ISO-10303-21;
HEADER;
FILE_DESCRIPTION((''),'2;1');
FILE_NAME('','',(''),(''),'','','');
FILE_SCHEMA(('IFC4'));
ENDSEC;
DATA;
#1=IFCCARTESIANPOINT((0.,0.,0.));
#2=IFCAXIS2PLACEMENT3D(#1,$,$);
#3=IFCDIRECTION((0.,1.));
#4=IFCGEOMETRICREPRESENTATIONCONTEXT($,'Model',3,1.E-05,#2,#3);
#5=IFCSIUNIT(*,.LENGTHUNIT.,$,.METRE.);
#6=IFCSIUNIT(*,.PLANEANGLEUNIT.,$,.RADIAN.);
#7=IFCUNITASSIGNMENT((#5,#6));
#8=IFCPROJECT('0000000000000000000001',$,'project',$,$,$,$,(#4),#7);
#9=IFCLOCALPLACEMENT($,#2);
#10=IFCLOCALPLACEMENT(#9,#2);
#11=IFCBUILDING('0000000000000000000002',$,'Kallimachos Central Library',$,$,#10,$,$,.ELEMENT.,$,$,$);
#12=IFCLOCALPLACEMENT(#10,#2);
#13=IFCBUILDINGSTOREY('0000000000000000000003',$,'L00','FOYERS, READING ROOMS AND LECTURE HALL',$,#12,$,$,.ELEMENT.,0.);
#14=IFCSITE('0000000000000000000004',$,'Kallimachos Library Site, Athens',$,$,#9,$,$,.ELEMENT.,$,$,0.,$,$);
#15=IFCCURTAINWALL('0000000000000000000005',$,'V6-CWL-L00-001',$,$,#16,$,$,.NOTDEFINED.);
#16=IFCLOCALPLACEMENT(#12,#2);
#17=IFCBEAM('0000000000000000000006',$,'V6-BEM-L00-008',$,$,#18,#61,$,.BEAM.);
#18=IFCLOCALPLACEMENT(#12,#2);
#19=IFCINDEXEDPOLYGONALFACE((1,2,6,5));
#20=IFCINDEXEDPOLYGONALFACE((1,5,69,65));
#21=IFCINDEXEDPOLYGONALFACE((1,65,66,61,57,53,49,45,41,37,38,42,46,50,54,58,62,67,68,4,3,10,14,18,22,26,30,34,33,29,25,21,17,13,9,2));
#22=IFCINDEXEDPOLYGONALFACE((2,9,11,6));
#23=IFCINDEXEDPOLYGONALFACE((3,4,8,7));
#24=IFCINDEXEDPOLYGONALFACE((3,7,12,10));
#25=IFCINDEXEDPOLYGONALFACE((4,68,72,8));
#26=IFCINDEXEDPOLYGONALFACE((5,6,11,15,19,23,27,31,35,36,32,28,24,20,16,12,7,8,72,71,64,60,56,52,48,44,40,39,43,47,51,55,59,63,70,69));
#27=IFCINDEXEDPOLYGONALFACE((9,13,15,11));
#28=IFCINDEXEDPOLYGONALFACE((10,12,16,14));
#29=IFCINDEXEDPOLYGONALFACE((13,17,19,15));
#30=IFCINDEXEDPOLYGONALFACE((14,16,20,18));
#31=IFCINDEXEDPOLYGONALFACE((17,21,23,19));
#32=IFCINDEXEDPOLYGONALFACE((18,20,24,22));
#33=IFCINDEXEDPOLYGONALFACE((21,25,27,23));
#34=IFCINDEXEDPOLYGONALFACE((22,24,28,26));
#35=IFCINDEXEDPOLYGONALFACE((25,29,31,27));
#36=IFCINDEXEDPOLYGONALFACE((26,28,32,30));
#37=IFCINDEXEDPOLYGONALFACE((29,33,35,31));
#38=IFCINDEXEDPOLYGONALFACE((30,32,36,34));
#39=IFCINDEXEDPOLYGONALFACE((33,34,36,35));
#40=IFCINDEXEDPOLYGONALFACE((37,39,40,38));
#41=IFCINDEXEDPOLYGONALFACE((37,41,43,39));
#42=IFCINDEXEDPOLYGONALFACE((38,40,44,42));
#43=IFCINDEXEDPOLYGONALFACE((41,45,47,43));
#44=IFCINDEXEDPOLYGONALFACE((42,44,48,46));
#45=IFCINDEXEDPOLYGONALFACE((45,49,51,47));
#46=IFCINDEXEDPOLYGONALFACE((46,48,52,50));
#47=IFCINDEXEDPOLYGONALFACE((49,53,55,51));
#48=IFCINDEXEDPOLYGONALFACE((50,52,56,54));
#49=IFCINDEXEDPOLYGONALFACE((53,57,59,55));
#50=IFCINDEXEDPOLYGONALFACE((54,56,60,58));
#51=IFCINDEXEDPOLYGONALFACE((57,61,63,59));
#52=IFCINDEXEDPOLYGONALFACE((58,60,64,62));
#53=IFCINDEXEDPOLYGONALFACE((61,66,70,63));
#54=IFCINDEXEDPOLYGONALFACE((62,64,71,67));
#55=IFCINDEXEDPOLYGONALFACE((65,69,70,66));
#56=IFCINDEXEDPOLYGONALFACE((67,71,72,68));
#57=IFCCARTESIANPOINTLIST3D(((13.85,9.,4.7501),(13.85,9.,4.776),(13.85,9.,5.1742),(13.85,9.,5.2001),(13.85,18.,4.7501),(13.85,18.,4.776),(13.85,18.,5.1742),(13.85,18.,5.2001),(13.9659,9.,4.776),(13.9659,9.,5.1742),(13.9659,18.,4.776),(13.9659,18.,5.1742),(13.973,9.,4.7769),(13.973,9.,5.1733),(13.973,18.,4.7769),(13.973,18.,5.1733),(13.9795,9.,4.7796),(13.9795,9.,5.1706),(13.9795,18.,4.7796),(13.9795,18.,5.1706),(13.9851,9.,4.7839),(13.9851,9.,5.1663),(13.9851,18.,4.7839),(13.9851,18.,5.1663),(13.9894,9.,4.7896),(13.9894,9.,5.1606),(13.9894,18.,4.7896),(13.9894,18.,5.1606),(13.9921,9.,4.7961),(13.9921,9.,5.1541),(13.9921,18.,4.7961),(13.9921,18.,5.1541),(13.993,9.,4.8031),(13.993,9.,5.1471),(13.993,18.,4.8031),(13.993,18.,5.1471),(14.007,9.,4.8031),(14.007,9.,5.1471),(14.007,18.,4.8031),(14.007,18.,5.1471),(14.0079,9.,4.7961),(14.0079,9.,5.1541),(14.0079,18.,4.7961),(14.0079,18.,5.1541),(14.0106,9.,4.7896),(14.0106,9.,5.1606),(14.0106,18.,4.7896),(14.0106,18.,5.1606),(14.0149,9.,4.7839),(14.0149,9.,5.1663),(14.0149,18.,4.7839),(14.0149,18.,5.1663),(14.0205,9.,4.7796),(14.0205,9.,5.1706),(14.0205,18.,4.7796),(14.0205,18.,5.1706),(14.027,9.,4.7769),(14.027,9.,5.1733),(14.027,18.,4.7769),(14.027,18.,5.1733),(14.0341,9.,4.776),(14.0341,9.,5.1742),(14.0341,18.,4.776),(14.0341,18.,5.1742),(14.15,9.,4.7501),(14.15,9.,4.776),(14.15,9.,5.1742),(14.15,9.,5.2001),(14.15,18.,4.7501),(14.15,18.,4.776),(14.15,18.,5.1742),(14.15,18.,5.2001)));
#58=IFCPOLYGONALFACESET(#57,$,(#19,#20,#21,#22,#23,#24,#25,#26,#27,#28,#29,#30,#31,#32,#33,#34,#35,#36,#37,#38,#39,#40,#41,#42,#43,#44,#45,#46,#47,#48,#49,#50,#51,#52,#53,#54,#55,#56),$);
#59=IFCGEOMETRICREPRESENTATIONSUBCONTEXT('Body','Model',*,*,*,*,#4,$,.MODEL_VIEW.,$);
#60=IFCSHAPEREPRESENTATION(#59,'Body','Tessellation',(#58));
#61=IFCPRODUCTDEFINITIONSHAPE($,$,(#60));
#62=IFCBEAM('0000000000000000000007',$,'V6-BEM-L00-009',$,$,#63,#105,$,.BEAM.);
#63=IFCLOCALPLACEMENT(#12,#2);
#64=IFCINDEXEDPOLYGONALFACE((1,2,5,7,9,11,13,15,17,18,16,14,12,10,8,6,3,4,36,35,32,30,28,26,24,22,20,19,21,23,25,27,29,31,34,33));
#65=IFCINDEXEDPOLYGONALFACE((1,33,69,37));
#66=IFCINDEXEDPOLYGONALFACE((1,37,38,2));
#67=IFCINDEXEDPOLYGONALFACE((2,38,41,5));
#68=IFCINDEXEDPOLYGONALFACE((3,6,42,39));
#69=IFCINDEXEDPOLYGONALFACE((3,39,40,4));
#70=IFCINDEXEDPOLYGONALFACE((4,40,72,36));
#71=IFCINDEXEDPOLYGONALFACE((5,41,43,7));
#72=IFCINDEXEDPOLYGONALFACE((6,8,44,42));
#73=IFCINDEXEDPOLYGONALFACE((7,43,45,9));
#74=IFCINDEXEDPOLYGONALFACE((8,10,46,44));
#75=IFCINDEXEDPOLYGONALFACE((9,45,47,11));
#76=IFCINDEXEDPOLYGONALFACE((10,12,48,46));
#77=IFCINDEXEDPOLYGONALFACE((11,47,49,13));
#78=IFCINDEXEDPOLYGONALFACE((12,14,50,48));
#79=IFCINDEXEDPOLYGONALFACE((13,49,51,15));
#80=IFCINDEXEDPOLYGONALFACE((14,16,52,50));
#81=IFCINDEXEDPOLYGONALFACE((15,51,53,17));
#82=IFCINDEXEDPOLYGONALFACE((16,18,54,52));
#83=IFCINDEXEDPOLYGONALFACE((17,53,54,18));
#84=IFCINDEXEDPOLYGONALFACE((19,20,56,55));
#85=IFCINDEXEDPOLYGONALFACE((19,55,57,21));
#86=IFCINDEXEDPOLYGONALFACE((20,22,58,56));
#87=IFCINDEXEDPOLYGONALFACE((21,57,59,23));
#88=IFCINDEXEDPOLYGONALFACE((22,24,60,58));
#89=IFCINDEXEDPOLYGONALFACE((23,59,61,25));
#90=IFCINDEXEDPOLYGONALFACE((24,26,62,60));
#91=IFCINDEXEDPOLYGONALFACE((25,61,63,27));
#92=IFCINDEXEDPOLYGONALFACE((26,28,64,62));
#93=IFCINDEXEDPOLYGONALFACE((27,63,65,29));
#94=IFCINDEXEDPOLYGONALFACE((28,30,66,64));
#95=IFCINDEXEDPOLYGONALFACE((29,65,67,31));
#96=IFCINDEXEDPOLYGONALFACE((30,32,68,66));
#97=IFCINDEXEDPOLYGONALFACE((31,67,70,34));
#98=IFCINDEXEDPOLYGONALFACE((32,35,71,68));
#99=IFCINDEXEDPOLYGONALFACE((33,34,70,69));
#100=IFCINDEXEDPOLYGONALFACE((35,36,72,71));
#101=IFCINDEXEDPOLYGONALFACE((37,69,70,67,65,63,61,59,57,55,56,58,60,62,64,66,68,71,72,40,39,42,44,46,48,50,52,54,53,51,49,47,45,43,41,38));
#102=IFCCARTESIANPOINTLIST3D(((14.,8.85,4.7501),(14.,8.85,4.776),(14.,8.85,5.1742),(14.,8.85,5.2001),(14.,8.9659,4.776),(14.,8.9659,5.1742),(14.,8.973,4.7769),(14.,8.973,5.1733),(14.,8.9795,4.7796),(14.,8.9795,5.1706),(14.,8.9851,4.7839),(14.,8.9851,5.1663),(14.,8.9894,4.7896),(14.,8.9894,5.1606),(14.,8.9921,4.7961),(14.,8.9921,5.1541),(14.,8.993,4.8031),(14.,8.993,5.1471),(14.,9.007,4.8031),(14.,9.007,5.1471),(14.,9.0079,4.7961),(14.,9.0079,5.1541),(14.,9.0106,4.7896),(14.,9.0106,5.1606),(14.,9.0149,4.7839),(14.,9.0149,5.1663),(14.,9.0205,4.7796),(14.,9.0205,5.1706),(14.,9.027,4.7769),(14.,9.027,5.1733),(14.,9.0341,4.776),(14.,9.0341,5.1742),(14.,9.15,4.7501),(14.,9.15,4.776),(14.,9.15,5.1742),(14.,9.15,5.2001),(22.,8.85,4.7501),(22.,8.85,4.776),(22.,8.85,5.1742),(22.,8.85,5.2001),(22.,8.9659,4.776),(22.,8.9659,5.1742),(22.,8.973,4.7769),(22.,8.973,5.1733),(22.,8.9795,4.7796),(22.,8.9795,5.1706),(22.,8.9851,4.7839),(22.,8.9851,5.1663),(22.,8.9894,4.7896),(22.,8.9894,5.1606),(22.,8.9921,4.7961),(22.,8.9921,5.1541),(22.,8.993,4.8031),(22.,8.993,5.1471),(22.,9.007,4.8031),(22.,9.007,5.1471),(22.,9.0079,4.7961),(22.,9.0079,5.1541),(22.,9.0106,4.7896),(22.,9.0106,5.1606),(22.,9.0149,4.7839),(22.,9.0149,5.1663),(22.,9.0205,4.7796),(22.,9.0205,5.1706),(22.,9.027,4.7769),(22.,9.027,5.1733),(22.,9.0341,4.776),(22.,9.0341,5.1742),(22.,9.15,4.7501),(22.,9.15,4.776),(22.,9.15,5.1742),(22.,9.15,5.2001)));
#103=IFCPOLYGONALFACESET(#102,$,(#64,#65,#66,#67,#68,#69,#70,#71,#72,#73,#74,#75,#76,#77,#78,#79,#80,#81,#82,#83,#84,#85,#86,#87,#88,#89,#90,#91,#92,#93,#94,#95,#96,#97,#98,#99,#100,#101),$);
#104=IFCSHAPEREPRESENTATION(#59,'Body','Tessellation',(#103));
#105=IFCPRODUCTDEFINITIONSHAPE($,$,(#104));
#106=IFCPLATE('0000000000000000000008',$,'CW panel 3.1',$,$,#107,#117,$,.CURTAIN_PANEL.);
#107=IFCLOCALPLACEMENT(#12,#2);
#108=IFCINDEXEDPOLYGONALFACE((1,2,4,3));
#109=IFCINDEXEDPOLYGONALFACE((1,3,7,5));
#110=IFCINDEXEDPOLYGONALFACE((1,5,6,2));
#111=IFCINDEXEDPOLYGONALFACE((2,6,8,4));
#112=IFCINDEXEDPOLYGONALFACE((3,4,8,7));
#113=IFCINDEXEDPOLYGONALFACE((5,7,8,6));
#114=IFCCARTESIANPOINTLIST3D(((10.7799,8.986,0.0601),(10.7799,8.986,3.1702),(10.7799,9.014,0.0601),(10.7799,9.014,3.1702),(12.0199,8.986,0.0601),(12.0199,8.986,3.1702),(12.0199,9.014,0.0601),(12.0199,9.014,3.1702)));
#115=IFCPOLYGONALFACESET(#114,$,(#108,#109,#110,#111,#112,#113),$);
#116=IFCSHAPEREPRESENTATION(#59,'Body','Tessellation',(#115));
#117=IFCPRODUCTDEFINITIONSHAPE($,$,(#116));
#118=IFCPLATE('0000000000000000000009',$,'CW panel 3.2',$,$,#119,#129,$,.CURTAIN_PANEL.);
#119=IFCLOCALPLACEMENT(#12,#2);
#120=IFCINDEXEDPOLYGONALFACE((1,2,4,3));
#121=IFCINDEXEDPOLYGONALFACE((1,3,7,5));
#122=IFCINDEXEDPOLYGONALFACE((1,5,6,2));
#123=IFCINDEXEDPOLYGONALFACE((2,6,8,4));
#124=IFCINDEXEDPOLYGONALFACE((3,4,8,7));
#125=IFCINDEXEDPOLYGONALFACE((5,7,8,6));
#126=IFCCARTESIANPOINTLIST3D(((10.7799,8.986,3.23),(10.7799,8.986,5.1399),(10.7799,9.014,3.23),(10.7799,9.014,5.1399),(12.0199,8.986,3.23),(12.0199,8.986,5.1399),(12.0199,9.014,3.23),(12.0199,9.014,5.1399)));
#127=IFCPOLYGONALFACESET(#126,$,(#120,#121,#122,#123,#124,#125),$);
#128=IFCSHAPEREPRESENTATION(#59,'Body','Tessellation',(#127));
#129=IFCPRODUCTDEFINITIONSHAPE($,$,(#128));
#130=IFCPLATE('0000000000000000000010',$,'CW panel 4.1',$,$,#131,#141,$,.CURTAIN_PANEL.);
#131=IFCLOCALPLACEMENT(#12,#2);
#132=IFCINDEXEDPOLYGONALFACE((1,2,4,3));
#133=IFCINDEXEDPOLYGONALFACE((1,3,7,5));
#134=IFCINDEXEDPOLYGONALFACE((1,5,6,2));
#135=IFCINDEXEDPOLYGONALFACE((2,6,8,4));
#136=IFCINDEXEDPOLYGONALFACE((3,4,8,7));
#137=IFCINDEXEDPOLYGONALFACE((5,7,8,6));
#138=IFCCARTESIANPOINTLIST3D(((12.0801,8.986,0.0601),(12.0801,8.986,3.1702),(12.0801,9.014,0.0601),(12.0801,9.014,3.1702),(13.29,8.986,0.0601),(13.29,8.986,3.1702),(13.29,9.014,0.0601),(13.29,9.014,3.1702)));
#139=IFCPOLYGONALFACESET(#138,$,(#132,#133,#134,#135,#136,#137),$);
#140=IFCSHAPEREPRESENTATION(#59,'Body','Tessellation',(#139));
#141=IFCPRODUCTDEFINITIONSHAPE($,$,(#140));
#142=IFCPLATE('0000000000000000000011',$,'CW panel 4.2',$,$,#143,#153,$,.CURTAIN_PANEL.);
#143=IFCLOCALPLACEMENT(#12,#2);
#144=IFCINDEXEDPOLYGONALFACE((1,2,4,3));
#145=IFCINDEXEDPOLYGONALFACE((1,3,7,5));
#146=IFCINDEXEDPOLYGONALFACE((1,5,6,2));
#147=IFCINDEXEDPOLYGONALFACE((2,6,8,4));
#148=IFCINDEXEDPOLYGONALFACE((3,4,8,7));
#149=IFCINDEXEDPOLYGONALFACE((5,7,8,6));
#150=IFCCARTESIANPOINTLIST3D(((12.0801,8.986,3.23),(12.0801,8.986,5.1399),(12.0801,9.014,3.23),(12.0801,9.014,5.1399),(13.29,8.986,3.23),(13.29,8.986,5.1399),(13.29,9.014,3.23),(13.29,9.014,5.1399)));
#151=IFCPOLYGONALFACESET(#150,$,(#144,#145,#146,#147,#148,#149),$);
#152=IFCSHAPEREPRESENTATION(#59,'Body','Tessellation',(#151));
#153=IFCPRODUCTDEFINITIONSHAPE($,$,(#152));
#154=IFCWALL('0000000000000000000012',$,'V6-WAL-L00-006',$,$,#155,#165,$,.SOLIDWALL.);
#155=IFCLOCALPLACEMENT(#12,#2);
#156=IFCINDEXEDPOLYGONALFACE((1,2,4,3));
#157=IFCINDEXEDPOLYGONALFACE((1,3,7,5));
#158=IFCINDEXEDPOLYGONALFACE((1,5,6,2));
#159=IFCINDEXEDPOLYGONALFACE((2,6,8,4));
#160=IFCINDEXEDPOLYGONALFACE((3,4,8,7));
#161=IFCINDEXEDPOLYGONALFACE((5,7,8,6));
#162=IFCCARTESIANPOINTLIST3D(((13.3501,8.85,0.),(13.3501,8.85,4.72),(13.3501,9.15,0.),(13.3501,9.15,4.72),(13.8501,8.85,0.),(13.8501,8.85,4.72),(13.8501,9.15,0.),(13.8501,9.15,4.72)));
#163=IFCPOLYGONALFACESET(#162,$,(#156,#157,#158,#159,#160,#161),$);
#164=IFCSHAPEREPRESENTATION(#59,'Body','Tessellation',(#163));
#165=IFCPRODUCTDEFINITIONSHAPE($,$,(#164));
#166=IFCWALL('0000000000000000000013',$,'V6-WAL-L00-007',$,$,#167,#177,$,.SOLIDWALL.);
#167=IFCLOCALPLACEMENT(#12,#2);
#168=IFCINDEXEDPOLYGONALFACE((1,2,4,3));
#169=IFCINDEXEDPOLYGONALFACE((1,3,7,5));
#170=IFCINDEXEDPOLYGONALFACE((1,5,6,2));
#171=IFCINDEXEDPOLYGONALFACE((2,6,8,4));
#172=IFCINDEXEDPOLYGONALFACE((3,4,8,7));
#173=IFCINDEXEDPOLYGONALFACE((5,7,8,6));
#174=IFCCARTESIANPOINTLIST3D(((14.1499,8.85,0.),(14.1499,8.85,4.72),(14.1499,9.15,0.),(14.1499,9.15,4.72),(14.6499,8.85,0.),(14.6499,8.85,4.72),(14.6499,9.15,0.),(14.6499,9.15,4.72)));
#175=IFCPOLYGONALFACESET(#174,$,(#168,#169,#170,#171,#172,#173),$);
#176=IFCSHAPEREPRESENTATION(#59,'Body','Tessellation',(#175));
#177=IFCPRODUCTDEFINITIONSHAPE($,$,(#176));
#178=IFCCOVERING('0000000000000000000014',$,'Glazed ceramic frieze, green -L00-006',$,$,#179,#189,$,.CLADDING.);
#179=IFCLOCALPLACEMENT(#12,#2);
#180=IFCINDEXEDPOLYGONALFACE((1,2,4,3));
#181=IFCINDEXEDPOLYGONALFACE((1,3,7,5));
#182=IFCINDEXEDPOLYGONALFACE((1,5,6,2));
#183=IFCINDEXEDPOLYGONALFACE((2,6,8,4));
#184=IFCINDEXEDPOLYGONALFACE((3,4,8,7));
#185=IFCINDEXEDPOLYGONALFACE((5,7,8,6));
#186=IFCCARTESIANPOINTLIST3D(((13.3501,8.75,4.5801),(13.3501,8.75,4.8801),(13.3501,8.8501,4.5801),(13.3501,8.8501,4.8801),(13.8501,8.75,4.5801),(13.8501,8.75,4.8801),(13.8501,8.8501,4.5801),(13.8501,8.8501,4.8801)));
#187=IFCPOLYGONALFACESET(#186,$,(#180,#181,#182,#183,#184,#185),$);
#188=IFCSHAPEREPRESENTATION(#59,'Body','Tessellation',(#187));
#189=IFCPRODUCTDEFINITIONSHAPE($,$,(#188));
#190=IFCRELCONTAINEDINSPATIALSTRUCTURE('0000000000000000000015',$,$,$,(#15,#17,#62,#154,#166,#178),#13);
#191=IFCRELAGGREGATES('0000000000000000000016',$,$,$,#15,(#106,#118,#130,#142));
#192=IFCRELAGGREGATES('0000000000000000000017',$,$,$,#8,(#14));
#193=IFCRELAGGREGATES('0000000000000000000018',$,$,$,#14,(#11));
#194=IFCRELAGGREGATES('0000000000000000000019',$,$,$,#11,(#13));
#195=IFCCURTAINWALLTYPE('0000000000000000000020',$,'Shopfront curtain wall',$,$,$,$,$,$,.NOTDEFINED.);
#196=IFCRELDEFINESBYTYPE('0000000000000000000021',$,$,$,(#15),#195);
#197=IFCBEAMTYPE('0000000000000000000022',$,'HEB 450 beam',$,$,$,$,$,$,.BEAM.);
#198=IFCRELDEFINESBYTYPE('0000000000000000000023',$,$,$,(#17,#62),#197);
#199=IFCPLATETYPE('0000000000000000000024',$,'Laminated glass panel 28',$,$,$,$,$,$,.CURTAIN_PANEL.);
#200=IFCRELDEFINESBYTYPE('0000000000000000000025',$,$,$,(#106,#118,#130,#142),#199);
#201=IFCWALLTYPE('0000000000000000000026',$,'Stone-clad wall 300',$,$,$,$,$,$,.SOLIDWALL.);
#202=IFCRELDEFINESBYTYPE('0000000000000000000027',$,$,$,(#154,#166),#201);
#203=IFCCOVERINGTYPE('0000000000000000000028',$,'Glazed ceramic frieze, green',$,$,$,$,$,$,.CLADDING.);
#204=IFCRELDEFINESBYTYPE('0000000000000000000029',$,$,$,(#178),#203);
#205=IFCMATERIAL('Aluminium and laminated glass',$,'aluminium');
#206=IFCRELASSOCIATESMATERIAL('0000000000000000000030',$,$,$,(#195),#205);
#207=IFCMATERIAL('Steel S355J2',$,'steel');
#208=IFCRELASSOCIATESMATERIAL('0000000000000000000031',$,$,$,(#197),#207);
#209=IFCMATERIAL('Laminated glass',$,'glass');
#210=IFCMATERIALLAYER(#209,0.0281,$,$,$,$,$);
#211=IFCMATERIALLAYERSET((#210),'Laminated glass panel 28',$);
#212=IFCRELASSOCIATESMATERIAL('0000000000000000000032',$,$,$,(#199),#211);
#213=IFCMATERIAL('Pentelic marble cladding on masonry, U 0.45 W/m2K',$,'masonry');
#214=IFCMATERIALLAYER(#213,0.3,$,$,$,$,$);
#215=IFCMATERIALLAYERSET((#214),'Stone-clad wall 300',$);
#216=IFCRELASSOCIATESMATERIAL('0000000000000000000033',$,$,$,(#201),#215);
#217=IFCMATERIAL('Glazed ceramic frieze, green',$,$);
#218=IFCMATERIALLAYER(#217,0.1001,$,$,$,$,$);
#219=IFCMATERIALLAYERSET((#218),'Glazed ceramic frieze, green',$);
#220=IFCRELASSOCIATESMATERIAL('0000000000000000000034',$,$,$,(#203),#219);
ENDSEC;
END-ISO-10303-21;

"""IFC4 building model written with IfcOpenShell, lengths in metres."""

from ifc_helpers import new_model, si_unit, direction, frame, frame_2d, origin, origin_2d, place, context, subcontext, project, spatial, rectangle, i_section, extrude, material, layer, layer_set, material_profile, profile_set, type_object, element, aggregate, save


model = new_model("IFC4")

# Units and contexts
model_context = context("Model", 3, precision=1e-05, world=origin(), true_north=direction((0.0, 1.0)))
body_context = subcontext(model_context, "Body", "Model", "MODEL_VIEW")
ifc_project = project(units=[si_unit("LENGTHUNIT", "METRE"), si_unit("PLANEANGLEUNIT", "RADIAN")], contexts=[model_context])

# Site, building, storey
site_placement = place(None, origin())
site = spatial("IfcSite", under=ifc_project, at=site_placement, Name="Kallimachos Library Site, Athens", CompositionType="ELEMENT", RefElevation=0.0)
building_placement = place(site_placement, origin())
building = spatial("IfcBuilding", under=site, at=building_placement, Name="Kallimachos Central Library", CompositionType="ELEMENT")
storey_placement = place(building_placement, origin())
storey = spatial("IfcBuildingStorey", under=building, at=storey_placement, Name="L00", Description="FOYERS, READING ROOMS AND LECTURE HALL", CompositionType="ELEMENT", Elevation=0.0)

# Curtain wall
ifc_material_1 = material(Name="Aluminium and laminated glass", Category="aluminium")
curtain_wall_type = type_object("IfcCurtainWallType", Name="Shopfront curtain wall", PredefinedType="NOTDEFINED", material=ifc_material_1)
curtain_wall_placement = place(storey_placement, origin())
curtain_wall = element("IfcCurtainWall", 1, at=curtain_wall_placement, inside=storey, type_object=curtain_wall_type, Name="V6-CWL-L00-001", PredefinedType="NOTDEFINED")

# Beams
ifc_material_2 = material(Name="Steel S355J2", Category="steel")
ifc_material_profile_1 = material_profile(ifc_material_2, i_section(OverallWidth=0.3, OverallDepth=0.45, WebThickness=0.0139, FlangeThickness=0.0259, FilletRadius=0.0271, at=origin_2d()), Name="HEB 450")
ifc_profile_set_1 = profile_set([ifc_material_profile_1], Name="Steel S355J2")
beam_type = type_object("IfcBeamType", Name="HEB 450 beam", PredefinedType="BEAM", material=ifc_profile_set_1)
beam_1_placement = place(storey_placement, frame((14.0, 9.0, 4.9751), z_axis=(0.0, 1.0, 0.0), x_axis=(-1.0, 0.0, 0.0)))
element("IfcBeam", 2, at=beam_1_placement, inside=storey, type_object=beam_type, Name="V6-BEM-L00-008", PredefinedType="BEAM", context=body_context, shape_type="SweptSolid", body=[
    extrude(i_section(OverallWidth=0.3, OverallDepth=0.45, WebThickness=0.0139, FlangeThickness=0.0259, FilletRadius=0.0271, at=origin_2d()), origin(), (0.0, 0.0, 1.0), 9.0),
])
beam_2_placement = place(storey_placement, frame((14.0, 9.0, 4.9751), z_axis=(1.0, 0.0, 0.0), x_axis=(0.0, 1.0, 0.0)))
element("IfcBeam", 3, at=beam_2_placement, inside=storey, type_object=beam_type, Name="V6-BEM-L00-009", PredefinedType="BEAM", context=body_context, shape_type="SweptSolid", body=[
    extrude(i_section(OverallWidth=0.3, OverallDepth=0.45, WebThickness=0.0139, FlangeThickness=0.0259, FilletRadius=0.0271, at=origin_2d()), origin(), (0.0, 0.0, 1.0), 8.0),
])

# Plates
ifc_material_3 = material(Name="Laminated glass", Category="glass")
ifc_layer_1 = layer(ifc_material_3, 0.0281)
ifc_layer_set_1 = layer_set([ifc_layer_1], Name="Laminated glass panel 28")
plate_type = type_object("IfcPlateType", Name="Laminated glass panel 28", PredefinedType="CURTAIN_PANEL", material=ifc_layer_set_1)
plate_1_placement = place(storey_placement, frame((11.3999, 9.0, 0.0601), z_axis=(0.0, 0.0, 1.0), x_axis=(1.0, 0.0, 0.0)))
plate_1 = element("IfcPlate", 4, at=plate_1_placement, type_object=plate_type, Name="CW panel 3.1", PredefinedType="CURTAIN_PANEL", context=body_context, shape_type="SweptSolid", body=[
    extrude(rectangle(XDim=1.24, YDim=0.0281, at=origin_2d()), origin(), (0.0, 0.0, 1.0), 3.1101),
])
plate_2_placement = place(storey_placement, frame((11.3999, 9.0, 3.23), z_axis=(0.0, 0.0, 1.0), x_axis=(1.0, 0.0, 0.0)))
plate_2 = element("IfcPlate", 5, at=plate_2_placement, type_object=plate_type, Name="CW panel 3.2", PredefinedType="CURTAIN_PANEL", context=body_context, shape_type="SweptSolid", body=[
    extrude(rectangle(XDim=1.24, YDim=0.0281, at=origin_2d()), origin(), (0.0, 0.0, 1.0), 1.9099),
])
plate_3_placement = place(storey_placement, frame((12.6851, 9.0, 0.0601), z_axis=(0.0, 0.0, 1.0), x_axis=(1.0, 0.0, 0.0)))
plate_3 = element("IfcPlate", 6, at=plate_3_placement, type_object=plate_type, Name="CW panel 4.1", PredefinedType="CURTAIN_PANEL", context=body_context, shape_type="SweptSolid", body=[
    extrude(rectangle(XDim=1.21, YDim=0.0281, at=origin_2d()), origin(), (0.0, 0.0, 1.0), 3.1101),
])
plate_4_placement = place(storey_placement, frame((12.6851, 9.0, 3.23), z_axis=(0.0, 0.0, 1.0), x_axis=(1.0, 0.0, 0.0)))
plate_4 = element("IfcPlate", 7, at=plate_4_placement, type_object=plate_type, Name="CW panel 4.2", PredefinedType="CURTAIN_PANEL", context=body_context, shape_type="SweptSolid", body=[
    extrude(rectangle(XDim=1.21, YDim=0.0281, at=origin_2d()), origin(), (0.0, 0.0, 1.0), 1.9099),
])
aggregate(curtain_wall, [plate_1, plate_2, plate_3, plate_4])

# Walls
ifc_material_4 = material(Name="Pentelic marble cladding on masonry, U 0.45 W/m2K", Category="masonry")
ifc_layer_2 = layer(ifc_material_4, 0.3)
ifc_layer_set_2 = layer_set([ifc_layer_2], Name="Stone-clad wall 300")
wall_type = type_object("IfcWallType", Name="Stone-clad wall 300", PredefinedType="SOLIDWALL", material=ifc_layer_set_2)
for number, where, z_axis, x_axis, name in (
    (8, (13.3501, 9.0, 0.0), (0.0, 0.0, 1.0), (1.0, 0.0, 0.0), "V6-WAL-L00-006"),
    (9, (14.1499, 9.0, 0.0), (0.0, 0.0, 1.0), (1.0, 0.0, 0.0), "V6-WAL-L00-007"),
):
    element("IfcWall", number, at=place(storey_placement, frame(where, z_axis=z_axis, x_axis=x_axis)), inside=storey, type_object=wall_type, Name=name, PredefinedType="SOLIDWALL", context=body_context, shape_type="SweptSolid", body=[
        extrude(rectangle(XDim=0.5, YDim=0.3, at=frame_2d((0.25, 0.0))), origin(), (0.0, 0.0, 1.0), 4.72),
    ])

# Covering
ifc_material_5 = material(Name="Glazed ceramic frieze, green")
ifc_layer_3 = layer(ifc_material_5, 0.1001)
ifc_layer_set_3 = layer_set([ifc_layer_3], Name="Glazed ceramic frieze, green")
covering_type_1 = type_object("IfcCoveringType", Name="Glazed ceramic frieze, green", PredefinedType="CLADDING", material=ifc_layer_set_3)
covering_1_placement = place(storey_placement, frame((13.6001, 8.8, 4.5801), z_axis=(0.0, 0.0, 1.0), x_axis=(1.0, 0.0, 0.0)))
element("IfcCovering", 10, at=covering_1_placement, inside=storey, type_object=covering_type_1, Name="Glazed ceramic frieze, green -L00-006", PredefinedType="CLADDING", context=body_context, shape_type="SweptSolid", body=[
    extrude(rectangle(XDim=0.5, YDim=0.1001, at=origin_2d()), origin(), (0.0, 0.0, 1.0), 0.3),
])

save(model, "model.ifc")
